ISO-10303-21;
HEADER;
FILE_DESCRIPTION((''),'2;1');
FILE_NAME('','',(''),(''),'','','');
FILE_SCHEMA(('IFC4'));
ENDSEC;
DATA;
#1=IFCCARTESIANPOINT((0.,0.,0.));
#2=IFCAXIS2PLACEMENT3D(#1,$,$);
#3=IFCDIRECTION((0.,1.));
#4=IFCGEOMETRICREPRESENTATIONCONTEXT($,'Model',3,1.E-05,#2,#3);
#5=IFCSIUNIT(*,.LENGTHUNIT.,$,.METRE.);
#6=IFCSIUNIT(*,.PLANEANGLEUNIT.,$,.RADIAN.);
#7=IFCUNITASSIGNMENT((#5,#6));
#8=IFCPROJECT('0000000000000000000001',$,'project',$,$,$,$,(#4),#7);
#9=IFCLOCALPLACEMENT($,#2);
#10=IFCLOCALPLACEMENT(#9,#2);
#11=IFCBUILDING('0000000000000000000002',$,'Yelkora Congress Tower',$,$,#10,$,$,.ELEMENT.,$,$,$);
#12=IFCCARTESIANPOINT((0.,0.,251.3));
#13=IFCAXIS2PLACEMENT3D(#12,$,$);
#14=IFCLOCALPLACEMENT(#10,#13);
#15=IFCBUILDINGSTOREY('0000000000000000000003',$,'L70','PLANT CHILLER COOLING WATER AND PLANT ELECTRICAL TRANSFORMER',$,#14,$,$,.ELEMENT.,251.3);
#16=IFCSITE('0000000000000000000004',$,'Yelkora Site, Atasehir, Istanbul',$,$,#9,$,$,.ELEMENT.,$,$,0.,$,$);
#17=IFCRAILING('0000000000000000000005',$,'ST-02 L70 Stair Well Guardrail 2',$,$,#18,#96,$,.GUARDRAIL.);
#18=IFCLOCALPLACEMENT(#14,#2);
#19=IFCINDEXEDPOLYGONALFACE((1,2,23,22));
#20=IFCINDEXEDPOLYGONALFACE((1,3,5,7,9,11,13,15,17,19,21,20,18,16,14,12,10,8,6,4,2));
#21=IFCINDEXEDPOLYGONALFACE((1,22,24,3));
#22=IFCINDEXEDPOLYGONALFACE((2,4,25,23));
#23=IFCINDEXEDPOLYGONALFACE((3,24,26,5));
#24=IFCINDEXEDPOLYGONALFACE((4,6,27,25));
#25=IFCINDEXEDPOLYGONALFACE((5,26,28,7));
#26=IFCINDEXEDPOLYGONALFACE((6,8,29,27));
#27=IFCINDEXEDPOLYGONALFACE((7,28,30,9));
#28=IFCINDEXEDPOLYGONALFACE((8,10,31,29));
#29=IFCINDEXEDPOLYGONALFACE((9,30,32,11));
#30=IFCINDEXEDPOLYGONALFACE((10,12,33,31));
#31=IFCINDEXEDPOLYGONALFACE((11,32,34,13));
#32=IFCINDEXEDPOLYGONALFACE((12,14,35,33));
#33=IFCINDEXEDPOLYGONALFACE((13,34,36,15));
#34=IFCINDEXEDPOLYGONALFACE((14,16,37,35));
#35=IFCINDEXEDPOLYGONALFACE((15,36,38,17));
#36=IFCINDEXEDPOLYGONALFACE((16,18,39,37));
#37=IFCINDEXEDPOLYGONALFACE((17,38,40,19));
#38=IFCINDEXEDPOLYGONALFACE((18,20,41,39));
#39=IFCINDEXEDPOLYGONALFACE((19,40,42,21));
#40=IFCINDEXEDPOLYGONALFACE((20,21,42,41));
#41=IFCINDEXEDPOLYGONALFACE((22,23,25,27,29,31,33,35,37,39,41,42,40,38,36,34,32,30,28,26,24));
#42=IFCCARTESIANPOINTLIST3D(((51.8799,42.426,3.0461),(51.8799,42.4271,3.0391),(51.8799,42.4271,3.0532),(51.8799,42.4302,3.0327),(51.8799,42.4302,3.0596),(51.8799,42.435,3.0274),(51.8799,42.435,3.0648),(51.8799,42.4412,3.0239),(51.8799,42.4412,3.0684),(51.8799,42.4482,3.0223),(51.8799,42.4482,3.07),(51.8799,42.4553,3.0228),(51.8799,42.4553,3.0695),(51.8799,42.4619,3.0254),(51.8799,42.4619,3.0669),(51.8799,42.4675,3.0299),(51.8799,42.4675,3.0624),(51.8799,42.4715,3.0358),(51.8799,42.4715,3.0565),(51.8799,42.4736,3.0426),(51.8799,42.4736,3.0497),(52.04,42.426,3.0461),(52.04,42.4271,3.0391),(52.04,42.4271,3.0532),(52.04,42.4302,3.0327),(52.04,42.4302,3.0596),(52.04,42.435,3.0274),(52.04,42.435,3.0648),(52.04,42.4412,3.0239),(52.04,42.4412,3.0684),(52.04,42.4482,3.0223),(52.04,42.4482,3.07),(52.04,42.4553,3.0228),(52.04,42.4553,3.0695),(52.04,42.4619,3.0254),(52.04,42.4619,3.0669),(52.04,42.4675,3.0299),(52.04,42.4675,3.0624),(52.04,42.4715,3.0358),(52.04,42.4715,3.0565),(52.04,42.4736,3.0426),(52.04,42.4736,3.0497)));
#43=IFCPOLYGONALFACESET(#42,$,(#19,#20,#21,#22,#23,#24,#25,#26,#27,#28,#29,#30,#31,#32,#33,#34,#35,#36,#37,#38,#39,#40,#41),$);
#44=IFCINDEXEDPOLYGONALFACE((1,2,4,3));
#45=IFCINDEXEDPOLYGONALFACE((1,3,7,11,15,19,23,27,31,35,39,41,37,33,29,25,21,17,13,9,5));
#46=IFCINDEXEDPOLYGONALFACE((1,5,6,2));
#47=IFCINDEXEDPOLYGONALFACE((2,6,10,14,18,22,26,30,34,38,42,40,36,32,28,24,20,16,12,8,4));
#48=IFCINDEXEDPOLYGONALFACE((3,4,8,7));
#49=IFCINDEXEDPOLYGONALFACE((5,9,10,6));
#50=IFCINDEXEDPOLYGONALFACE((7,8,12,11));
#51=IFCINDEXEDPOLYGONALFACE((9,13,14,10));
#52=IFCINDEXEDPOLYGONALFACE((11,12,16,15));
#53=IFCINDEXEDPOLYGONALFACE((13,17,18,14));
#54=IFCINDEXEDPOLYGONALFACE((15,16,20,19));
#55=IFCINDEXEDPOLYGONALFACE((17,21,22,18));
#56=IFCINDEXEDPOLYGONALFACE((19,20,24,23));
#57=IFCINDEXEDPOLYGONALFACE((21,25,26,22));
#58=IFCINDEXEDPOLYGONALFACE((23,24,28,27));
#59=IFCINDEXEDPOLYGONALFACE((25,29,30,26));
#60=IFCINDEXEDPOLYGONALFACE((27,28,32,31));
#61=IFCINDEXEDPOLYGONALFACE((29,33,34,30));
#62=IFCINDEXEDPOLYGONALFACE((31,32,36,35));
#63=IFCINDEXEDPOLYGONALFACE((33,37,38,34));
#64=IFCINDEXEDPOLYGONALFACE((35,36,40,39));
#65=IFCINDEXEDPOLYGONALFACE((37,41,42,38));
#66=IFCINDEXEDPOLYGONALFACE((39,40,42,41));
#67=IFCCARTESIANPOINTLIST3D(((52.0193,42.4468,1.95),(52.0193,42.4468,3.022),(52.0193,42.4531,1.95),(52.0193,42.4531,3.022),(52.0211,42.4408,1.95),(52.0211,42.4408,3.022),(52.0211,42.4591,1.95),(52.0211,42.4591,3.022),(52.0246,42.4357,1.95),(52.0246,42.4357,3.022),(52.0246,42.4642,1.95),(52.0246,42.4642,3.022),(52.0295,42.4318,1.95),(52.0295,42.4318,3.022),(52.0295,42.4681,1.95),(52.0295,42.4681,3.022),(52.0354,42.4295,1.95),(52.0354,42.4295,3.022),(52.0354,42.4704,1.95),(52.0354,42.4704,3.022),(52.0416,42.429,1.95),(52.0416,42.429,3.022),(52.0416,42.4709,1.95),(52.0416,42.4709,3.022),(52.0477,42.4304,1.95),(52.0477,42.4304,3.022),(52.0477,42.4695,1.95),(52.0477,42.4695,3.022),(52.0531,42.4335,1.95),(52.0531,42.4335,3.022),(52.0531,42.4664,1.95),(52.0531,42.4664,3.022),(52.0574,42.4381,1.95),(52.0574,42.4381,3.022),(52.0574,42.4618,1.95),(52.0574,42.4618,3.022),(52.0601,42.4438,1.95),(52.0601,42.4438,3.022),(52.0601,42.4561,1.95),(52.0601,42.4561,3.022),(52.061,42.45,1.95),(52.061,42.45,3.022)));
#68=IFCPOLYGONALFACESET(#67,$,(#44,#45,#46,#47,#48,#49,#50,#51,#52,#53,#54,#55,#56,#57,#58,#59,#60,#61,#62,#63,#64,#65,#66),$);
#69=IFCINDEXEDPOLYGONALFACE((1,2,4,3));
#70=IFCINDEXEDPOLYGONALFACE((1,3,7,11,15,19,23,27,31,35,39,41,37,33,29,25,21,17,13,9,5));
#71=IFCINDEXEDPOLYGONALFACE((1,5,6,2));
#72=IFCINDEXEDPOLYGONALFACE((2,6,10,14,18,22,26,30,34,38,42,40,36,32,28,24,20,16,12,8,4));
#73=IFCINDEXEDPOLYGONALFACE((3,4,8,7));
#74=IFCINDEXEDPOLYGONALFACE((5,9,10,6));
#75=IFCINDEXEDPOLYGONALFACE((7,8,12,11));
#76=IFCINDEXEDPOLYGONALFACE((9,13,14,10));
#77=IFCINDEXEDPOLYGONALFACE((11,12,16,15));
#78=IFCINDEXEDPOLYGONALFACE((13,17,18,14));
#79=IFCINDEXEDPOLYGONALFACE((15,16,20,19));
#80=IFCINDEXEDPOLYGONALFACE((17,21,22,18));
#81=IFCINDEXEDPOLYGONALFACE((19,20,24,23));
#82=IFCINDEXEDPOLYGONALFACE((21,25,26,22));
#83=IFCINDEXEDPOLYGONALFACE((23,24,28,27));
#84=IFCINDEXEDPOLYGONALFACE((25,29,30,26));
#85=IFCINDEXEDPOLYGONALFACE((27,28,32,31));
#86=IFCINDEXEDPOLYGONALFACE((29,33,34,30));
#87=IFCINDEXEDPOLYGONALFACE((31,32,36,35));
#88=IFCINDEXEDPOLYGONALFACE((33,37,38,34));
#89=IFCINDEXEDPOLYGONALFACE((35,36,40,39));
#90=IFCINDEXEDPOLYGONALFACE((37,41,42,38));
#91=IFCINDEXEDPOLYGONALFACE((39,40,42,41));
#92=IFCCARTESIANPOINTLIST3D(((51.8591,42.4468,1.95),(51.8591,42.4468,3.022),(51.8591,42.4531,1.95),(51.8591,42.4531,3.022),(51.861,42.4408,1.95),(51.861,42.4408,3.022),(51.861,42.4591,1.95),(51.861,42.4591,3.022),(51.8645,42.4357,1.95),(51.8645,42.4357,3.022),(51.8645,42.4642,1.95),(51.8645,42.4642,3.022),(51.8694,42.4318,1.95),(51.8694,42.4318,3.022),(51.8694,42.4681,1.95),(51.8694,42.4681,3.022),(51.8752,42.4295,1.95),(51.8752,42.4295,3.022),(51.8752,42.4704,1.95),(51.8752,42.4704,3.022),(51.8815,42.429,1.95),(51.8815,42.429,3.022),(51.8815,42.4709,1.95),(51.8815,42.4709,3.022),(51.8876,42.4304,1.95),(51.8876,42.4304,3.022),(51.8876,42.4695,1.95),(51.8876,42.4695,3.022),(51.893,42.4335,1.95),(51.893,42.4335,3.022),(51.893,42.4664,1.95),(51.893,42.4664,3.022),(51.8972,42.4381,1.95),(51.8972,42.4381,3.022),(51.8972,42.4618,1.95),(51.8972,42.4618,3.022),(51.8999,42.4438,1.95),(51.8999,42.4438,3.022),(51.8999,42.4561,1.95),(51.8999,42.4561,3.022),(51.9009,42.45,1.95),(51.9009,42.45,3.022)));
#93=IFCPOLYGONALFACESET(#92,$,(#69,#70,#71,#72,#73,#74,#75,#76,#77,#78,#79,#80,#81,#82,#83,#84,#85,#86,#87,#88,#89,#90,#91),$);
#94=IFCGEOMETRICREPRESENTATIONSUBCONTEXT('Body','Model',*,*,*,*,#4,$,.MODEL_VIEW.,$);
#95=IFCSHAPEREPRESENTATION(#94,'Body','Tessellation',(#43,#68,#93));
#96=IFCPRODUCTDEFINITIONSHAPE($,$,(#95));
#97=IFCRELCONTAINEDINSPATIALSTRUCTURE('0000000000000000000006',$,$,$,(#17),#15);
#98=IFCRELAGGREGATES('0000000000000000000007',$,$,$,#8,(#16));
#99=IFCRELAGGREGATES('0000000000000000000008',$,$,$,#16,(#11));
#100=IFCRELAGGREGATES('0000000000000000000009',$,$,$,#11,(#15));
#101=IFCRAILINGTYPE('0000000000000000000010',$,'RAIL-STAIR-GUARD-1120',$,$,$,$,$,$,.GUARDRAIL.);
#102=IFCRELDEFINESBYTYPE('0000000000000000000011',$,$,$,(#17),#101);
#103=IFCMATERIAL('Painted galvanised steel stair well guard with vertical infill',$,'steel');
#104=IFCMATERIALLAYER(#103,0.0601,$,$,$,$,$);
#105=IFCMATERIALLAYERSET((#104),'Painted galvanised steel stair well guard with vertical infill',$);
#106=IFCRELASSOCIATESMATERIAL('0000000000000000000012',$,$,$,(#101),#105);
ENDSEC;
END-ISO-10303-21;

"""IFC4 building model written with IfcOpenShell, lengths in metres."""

from ifc_helpers import new_model, si_unit, direction, frame, origin, origin_2d, place, context, subcontext, project, spatial, circle, extrude, material, layer, layer_set, type_object, element, save


model = new_model("IFC4")

# Units and contexts
model_context = context("Model", 3, precision=1e-05, world=origin(), true_north=direction((0.0, 1.0)))
body_context = subcontext(model_context, "Body", "Model", "MODEL_VIEW")
ifc_project = project(units=[si_unit("LENGTHUNIT", "METRE"), si_unit("PLANEANGLEUNIT", "RADIAN")], contexts=[model_context])

# Site, building, storey
site_placement = place(None, origin())
site = spatial("IfcSite", under=ifc_project, at=site_placement, Name="Yelkora Site, Atasehir, Istanbul", CompositionType="ELEMENT", RefElevation=0.0)
building_placement = place(site_placement, origin())
building = spatial("IfcBuilding", under=site, at=building_placement, Name="Yelkora Congress Tower", CompositionType="ELEMENT")
storey_placement = place(building_placement, frame((0.0, 0.0, 251.3)))
storey = spatial("IfcBuildingStorey", under=building, at=storey_placement, Name="L70", Description="PLANT CHILLER COOLING WATER AND PLANT ELECTRICAL TRANSFORMER", CompositionType="ELEMENT", Elevation=251.3)

# Railing
ifc_material_1 = material(Name="Painted galvanised steel stair well guard with vertical infill", Category="steel")
ifc_layer_1 = layer(ifc_material_1, 0.0601)
ifc_layer_set_1 = layer_set([ifc_layer_1], Name="Painted galvanised steel stair well guard with vertical infill")
railing_type_1 = type_object("IfcRailingType", Name="RAIL-STAIR-GUARD-1120", PredefinedType="GUARDRAIL", material=ifc_layer_set_1)
railing_1_placement = place(storey_placement, frame((52.04, 42.45, 1.95)))
element("IfcRailing", 1, at=railing_1_placement, inside=storey, type_object=railing_type_1, Name="ST-02 L70 Stair Well Guardrail 2", PredefinedType="GUARDRAIL", context=body_context, shape_type="SweptSolid", body=[
    extrude(circle(Radius=0.0239, at=origin_2d()), frame((0.0, 0.0, 1.0962), z_axis=(-1.0, 0.0, 0.0), x_axis=(0.0, -1.0, 0.0)), (0.0, 0.0, 1.0), 0.1602),
    extrude(circle(Radius=0.021, at=origin_2d()), origin(), (0.0, 0.0, 1.0), 1.072),
    extrude(circle(Radius=0.021, at=origin_2d()), frame((-0.1602, 0.0, 0.0)), (0.0, 0.0, 1.0), 1.072),
])

save(model, "model.ifc")
